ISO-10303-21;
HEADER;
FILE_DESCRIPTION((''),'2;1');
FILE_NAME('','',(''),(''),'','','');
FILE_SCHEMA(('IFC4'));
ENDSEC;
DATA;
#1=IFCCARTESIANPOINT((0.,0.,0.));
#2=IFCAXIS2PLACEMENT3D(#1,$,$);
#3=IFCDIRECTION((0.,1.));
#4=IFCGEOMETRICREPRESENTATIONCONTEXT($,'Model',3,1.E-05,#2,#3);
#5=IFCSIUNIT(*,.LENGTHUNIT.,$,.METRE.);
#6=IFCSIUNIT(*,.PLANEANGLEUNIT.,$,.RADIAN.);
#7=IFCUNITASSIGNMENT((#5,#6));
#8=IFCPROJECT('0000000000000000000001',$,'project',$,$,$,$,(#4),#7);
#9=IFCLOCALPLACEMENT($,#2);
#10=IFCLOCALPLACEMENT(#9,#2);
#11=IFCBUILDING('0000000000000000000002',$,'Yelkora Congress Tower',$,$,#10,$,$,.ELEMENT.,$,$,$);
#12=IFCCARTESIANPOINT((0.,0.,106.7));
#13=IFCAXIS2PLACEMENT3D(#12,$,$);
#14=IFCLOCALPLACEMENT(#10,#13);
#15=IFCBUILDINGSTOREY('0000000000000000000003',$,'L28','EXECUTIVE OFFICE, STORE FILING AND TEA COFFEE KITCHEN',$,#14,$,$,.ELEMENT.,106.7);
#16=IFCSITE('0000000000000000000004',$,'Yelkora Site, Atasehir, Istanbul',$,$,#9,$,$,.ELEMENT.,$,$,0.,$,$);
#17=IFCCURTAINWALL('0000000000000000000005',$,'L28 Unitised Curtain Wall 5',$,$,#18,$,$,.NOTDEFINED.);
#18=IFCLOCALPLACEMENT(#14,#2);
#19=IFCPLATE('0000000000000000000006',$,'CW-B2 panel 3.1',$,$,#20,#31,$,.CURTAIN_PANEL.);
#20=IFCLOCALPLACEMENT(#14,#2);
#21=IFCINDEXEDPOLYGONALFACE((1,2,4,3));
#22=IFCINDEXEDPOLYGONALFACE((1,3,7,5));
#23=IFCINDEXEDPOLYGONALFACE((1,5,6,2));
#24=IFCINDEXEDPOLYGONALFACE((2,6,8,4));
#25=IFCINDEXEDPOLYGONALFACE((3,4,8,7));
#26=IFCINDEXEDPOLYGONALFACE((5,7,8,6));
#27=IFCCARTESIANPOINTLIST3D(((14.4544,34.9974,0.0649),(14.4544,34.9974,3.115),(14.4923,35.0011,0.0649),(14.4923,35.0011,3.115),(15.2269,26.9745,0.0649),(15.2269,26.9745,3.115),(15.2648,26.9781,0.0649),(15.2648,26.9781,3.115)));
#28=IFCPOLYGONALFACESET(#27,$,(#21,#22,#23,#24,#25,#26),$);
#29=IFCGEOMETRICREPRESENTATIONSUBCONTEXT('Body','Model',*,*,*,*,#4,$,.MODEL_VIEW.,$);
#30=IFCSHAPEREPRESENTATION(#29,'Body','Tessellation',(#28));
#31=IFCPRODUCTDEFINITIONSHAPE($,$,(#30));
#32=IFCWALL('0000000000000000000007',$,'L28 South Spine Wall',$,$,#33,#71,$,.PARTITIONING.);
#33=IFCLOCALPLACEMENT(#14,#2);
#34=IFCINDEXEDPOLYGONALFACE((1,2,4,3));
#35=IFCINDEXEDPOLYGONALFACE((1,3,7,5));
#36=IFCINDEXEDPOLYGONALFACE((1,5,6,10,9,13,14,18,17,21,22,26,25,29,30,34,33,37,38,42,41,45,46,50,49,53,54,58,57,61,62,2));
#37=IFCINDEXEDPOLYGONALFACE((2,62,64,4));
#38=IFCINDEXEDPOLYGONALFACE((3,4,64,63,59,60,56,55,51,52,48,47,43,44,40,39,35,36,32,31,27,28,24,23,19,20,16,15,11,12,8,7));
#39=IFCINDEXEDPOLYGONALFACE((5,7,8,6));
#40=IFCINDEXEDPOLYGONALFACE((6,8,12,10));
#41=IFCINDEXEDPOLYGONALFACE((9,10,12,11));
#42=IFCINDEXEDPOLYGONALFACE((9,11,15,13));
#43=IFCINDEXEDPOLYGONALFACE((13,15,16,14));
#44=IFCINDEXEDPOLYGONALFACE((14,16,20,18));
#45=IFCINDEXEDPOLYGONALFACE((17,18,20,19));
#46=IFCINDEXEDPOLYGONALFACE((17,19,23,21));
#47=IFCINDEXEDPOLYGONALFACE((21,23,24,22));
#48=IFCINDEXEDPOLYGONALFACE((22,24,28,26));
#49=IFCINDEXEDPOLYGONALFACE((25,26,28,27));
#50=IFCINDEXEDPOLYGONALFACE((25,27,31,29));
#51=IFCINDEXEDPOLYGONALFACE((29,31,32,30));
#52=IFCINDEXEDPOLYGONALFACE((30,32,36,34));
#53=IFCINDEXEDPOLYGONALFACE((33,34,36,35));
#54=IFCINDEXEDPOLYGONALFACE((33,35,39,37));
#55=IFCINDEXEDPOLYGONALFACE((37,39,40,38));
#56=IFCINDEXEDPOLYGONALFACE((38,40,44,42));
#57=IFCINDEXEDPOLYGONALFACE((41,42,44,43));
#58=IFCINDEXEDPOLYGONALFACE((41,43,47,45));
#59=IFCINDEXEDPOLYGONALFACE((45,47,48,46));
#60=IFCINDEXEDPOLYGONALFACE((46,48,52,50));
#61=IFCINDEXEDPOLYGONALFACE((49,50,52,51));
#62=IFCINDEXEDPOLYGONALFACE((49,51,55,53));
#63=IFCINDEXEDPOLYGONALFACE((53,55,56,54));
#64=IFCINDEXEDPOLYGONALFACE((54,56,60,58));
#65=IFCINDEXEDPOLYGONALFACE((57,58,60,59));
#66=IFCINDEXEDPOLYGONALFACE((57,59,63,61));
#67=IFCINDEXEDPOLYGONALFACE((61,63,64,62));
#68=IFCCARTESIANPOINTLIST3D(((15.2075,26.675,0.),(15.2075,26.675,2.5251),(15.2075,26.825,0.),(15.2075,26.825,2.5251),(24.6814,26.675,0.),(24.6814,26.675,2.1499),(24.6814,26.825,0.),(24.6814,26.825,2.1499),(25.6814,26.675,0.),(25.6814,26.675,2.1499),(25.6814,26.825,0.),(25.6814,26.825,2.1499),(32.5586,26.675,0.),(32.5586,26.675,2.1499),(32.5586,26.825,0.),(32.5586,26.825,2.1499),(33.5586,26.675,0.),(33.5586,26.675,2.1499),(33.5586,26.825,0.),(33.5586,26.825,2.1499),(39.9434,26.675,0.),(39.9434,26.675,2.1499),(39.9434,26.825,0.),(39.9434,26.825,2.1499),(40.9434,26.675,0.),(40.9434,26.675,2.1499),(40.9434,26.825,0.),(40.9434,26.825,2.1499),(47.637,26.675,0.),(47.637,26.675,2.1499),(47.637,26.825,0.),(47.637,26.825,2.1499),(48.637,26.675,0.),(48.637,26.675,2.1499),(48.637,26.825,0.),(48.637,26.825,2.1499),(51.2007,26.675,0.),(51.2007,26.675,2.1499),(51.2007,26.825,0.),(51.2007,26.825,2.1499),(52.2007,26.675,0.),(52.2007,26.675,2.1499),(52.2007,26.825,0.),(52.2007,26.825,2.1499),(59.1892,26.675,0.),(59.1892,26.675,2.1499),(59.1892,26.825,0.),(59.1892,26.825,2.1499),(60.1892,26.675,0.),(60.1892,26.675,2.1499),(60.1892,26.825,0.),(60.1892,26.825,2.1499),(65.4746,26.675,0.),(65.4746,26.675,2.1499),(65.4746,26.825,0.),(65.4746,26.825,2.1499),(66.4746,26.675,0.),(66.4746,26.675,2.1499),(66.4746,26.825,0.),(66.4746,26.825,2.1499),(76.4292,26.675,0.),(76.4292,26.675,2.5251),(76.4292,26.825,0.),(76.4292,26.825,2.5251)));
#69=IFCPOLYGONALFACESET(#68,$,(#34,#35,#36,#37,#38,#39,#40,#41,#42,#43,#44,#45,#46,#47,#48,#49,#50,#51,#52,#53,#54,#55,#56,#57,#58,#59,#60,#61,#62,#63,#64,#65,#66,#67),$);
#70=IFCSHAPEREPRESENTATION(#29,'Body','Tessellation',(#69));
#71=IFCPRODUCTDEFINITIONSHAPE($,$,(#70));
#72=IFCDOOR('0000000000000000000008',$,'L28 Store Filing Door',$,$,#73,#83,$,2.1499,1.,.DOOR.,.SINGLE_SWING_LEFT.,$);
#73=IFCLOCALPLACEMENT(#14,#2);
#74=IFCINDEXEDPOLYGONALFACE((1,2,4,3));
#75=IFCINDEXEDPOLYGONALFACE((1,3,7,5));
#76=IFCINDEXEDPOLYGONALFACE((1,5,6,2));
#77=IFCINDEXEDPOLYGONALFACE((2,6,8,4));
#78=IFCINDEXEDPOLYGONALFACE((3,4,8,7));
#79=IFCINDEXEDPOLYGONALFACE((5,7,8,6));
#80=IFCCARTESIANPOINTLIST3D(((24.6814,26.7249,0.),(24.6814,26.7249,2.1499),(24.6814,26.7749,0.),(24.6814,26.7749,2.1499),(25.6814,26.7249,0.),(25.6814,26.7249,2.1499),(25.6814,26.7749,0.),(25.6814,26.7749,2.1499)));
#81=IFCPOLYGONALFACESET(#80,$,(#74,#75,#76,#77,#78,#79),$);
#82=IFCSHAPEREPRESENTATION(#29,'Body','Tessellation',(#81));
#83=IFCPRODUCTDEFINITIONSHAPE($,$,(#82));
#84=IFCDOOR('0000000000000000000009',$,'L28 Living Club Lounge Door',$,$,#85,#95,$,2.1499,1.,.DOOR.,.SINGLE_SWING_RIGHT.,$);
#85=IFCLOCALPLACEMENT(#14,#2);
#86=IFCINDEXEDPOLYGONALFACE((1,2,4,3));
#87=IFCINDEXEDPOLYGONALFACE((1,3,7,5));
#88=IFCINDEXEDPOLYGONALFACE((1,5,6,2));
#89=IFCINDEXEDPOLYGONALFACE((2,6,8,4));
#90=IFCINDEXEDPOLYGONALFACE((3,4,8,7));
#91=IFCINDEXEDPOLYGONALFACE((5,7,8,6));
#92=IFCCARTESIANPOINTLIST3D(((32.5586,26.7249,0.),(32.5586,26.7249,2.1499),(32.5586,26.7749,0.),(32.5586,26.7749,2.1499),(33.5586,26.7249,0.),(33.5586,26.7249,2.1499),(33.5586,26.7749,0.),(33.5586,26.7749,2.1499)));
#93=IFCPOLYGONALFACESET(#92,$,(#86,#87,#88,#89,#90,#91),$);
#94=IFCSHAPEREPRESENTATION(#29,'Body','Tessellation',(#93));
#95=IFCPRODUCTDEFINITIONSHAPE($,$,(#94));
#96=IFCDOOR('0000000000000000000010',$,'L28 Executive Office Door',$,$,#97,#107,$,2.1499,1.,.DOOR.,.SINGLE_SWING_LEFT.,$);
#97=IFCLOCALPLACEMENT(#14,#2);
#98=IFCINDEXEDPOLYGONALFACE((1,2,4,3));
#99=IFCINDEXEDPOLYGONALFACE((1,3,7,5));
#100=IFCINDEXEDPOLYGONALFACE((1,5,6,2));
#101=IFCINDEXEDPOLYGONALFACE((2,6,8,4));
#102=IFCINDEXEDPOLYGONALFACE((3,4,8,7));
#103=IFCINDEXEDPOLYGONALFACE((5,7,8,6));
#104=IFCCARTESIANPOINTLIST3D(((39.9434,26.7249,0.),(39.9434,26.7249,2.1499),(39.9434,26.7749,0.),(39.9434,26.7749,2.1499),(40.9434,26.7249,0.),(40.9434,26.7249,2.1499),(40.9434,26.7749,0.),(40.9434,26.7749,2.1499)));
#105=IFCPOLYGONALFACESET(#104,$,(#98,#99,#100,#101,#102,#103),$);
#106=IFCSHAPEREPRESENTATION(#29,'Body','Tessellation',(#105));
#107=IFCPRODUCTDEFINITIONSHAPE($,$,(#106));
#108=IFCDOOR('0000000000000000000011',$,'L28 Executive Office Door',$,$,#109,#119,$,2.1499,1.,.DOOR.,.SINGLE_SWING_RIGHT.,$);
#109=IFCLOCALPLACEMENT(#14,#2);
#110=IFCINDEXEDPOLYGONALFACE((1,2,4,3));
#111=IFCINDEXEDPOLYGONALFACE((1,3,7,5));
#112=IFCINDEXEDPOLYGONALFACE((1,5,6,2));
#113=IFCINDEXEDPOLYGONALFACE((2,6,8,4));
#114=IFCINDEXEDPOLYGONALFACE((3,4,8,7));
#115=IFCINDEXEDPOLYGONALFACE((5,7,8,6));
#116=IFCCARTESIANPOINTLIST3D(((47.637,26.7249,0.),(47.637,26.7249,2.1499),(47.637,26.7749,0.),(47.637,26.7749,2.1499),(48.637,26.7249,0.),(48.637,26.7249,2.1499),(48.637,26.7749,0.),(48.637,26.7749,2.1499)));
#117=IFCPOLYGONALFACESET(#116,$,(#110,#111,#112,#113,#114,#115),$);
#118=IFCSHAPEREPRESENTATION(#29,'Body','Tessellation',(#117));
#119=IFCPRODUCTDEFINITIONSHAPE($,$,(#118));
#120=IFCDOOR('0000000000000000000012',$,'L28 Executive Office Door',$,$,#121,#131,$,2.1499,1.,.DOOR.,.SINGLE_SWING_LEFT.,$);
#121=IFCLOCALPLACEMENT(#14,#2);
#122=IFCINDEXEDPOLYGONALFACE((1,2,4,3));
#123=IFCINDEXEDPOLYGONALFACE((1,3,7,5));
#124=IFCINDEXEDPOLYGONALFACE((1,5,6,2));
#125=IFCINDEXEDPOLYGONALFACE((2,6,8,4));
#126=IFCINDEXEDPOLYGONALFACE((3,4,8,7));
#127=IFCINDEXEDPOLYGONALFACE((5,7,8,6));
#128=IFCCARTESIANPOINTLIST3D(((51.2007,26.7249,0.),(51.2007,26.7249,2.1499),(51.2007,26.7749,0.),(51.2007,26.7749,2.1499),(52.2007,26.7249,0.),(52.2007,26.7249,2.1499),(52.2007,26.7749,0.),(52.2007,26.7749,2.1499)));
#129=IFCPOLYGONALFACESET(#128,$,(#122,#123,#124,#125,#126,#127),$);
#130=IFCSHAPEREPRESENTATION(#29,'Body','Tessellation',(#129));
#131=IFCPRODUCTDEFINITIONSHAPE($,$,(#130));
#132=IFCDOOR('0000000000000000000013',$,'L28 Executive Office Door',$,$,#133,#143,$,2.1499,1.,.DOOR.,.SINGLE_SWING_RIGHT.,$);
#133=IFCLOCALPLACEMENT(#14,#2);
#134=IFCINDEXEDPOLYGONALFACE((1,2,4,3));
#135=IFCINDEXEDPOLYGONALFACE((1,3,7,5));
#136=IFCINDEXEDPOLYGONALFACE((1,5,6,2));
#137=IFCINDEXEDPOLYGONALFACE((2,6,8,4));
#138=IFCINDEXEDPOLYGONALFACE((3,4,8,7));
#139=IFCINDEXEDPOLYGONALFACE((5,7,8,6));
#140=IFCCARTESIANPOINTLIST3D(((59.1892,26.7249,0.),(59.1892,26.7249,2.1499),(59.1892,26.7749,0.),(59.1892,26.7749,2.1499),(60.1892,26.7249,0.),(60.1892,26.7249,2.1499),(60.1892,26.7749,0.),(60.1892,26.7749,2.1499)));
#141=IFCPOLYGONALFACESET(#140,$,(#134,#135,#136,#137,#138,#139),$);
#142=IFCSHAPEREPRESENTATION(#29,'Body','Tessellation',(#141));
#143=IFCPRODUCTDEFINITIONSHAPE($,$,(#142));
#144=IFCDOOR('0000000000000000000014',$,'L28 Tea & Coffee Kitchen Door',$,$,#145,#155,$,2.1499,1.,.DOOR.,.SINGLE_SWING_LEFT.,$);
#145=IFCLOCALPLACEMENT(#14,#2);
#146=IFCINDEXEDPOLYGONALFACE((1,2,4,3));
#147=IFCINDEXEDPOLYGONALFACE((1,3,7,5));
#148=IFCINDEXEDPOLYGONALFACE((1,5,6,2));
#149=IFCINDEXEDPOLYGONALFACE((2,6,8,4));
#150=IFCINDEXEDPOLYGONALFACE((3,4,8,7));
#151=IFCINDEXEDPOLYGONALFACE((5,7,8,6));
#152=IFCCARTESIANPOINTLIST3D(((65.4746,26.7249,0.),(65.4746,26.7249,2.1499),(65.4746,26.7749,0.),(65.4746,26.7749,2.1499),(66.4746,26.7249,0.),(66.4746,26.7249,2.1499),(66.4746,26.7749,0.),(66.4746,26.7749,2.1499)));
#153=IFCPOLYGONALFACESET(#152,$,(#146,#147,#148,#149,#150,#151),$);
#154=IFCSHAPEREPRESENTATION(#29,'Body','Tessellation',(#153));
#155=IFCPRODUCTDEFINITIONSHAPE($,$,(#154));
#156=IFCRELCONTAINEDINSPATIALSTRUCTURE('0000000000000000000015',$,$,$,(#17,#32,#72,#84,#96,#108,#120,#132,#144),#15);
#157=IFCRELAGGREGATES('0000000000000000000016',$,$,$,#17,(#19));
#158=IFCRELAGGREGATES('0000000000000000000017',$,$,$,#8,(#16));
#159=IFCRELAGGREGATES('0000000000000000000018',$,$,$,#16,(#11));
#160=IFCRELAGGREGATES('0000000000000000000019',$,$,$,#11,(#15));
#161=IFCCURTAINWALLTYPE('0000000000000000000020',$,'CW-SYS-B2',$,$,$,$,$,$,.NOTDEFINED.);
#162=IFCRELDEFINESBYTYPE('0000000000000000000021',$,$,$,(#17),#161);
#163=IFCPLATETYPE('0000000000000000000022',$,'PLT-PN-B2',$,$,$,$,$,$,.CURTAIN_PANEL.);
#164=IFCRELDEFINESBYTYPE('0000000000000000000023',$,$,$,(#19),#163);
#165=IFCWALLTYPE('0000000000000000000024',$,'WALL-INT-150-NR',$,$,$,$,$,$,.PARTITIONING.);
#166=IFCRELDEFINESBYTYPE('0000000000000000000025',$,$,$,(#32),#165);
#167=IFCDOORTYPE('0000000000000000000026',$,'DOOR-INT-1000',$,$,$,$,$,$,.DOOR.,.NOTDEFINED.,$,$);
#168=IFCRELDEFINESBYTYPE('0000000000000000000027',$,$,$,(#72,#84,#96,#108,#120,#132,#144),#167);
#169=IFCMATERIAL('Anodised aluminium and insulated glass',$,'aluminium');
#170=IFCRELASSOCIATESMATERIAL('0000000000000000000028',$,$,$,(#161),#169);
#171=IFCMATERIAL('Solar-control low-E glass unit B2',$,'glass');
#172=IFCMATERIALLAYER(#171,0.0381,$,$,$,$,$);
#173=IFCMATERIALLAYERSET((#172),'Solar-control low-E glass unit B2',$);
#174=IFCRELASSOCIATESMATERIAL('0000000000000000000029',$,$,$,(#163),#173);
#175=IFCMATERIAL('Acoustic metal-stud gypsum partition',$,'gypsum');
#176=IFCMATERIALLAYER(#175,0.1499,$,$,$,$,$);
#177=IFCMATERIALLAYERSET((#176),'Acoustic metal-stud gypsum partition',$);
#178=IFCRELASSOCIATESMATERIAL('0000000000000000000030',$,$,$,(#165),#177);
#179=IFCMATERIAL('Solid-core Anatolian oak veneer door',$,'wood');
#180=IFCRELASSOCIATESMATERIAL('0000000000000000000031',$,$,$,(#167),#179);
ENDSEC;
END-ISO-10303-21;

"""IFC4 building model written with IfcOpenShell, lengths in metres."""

from ifc_helpers import new_model, si_unit, direction, frame, frame_2d, origin, origin_2d, place, context, subcontext, project, spatial, rectangle, extrude, material, layer, layer_set, type_object, element, fill, aggregate, save


model = new_model("IFC4")

# Units and contexts
model_context = context("Model", 3, precision=1e-05, world=origin(), true_north=direction((0.0, 1.0)))
body_context = subcontext(model_context, "Body", "Model", "MODEL_VIEW")
ifc_project = project(units=[si_unit("LENGTHUNIT", "METRE"), si_unit("PLANEANGLEUNIT", "RADIAN")], contexts=[model_context])

# Site, building, storey
site_placement = place(None, origin())
site = spatial("IfcSite", under=ifc_project, at=site_placement, Name="Yelkora Site, Atasehir, Istanbul", CompositionType="ELEMENT", RefElevation=0.0)
building_placement = place(site_placement, origin())
building = spatial("IfcBuilding", under=site, at=building_placement, Name="Yelkora Congress Tower", CompositionType="ELEMENT")
storey_placement = place(building_placement, frame((0.0, 0.0, 106.7)))
storey = spatial("IfcBuildingStorey", under=building, at=storey_placement, Name="L28", Description="EXECUTIVE OFFICE, STORE FILING AND TEA COFFEE KITCHEN", CompositionType="ELEMENT", Elevation=106.7)

# Curtain wall, plate
ifc_material_1 = material(Name="Anodised aluminium and insulated glass", Category="aluminium")
curtain_wall_type = type_object("IfcCurtainWallType", Name="CW-SYS-B2", PredefinedType="NOTDEFINED", material=ifc_material_1)
curtain_wall_placement = place(storey_placement, origin())
curtain_wall = element("IfcCurtainWall", 1, at=curtain_wall_placement, inside=storey, type_object=curtain_wall_type, Name="L28 Unitised Curtain Wall 5", PredefinedType="NOTDEFINED")
ifc_material_2 = material(Name="Solar-control low-E glass unit B2", Category="glass")
ifc_layer_1 = layer(ifc_material_2, 0.0381)
ifc_layer_set_1 = layer_set([ifc_layer_1], Name="Solar-control low-E glass unit B2")
plate_type = type_object("IfcPlateType", Name="PLT-PN-B2", PredefinedType="CURTAIN_PANEL", material=ifc_layer_set_1)
plate_1_placement = place(storey_placement, frame((14.8596, 30.9878, 0.0649), z_axis=(0.0, 0.0, 1.0), x_axis=(-0.095843, 0.995397, 0.0)))
plate_1 = element("IfcPlate", 2, at=plate_1_placement, type_object=plate_type, Name="CW-B2 panel 3.1", PredefinedType="CURTAIN_PANEL", context=body_context, shape_type="SweptSolid", body=[
    extrude(rectangle(XDim=8.0601, YDim=0.0381, at=origin_2d()), origin(), (0.0, 0.0, 1.0), 3.05),
])
aggregate(curtain_wall, [plate_1])

# Wall, openings, doors
ifc_material_3 = material(Name="Acoustic metal-stud gypsum partition", Category="gypsum")
ifc_layer_2 = layer(ifc_material_3, 0.1499)
ifc_layer_set_2 = layer_set([ifc_layer_2], Name="Acoustic metal-stud gypsum partition")
wall_type = type_object("IfcWallType", Name="WALL-INT-150-NR", PredefinedType="PARTITIONING", material=ifc_layer_set_2)
wall_placement = place(storey_placement, frame((15.2075, 26.75, 0.0), z_axis=(0.0, 0.0, 1.0), x_axis=(1.0, 0.0, 0.0)))
wall = element("IfcWall", 3, at=wall_placement, inside=storey, type_object=wall_type, Name="L28 South Spine Wall", PredefinedType="PARTITIONING", context=body_context, shape_type="SweptSolid", body=[
    extrude(rectangle(XDim=61.2217, YDim=0.1499, at=frame_2d((30.6108, 0.0))), origin(), (0.0, 0.0, 1.0), 2.5251),
])
opening_1_placement = place(wall_placement, frame((9.4739, 0.0, 0.0)))
opening_1 = element("IfcOpeningElement", 4, at=opening_1_placement, cuts=wall, PredefinedType="OPENING", context=body_context, shape_type="SweptSolid", body=[
    extrude(rectangle(XDim=1.0, YDim=2.1499, at=frame_2d((0.5, 1.075))), frame((0.0, 0.085, 0.0), z_axis=(0.0, -1.0, 0.0), x_axis=(1.0, 0.0, 0.0)), (0.0, 0.0, 1.0), 0.1699),
])
opening_2_placement = place(wall_placement, frame((17.3511, 0.0, 0.0)))
opening_2 = element("IfcOpeningElement", 5, at=opening_2_placement, cuts=wall, PredefinedType="OPENING", context=body_context, shape_type="SweptSolid", body=[
    extrude(rectangle(XDim=1.0, YDim=2.1499, at=frame_2d((0.5, 1.075))), frame((0.0, 0.085, 0.0), z_axis=(0.0, -1.0, 0.0), x_axis=(1.0, 0.0, 0.0)), (0.0, 0.0, 1.0), 0.1699),
])
opening_3_placement = place(wall_placement, frame((24.7358, 0.0, 0.0)))
opening_3 = element("IfcOpeningElement", 6, at=opening_3_placement, cuts=wall, PredefinedType="OPENING", context=body_context, shape_type="SweptSolid", body=[
    extrude(rectangle(XDim=1.0, YDim=2.1499, at=frame_2d((0.5, 1.075))), frame((0.0, 0.085, 0.0), z_axis=(0.0, -1.0, 0.0), x_axis=(1.0, 0.0, 0.0)), (0.0, 0.0, 1.0), 0.1699),
])
opening_4_placement = place(wall_placement, frame((32.4294, 0.0, 0.0)))
opening_4 = element("IfcOpeningElement", 7, at=opening_4_placement, cuts=wall, PredefinedType="OPENING", context=body_context, shape_type="SweptSolid", body=[
    extrude(rectangle(XDim=1.0, YDim=2.1499, at=frame_2d((0.5, 1.075))), frame((0.0, 0.085, 0.0), z_axis=(0.0, -1.0, 0.0), x_axis=(1.0, 0.0, 0.0)), (0.0, 0.0, 1.0), 0.1699),
])
opening_5_placement = place(wall_placement, frame((35.9932, 0.0, 0.0)))
opening_5 = element("IfcOpeningElement", 8, at=opening_5_placement, cuts=wall, PredefinedType="OPENING", context=body_context, shape_type="SweptSolid", body=[
    extrude(rectangle(XDim=1.0, YDim=2.1499, at=frame_2d((0.5, 1.075))), frame((0.0, 0.085, 0.0), z_axis=(0.0, -1.0, 0.0), x_axis=(1.0, 0.0, 0.0)), (0.0, 0.0, 1.0), 0.1699),
])
opening_6_placement = place(wall_placement, frame((43.9817, 0.0, 0.0)))
opening_6 = element("IfcOpeningElement", 9, at=opening_6_placement, cuts=wall, PredefinedType="OPENING", context=body_context, shape_type="SweptSolid", body=[
    extrude(rectangle(XDim=1.0, YDim=2.1499, at=frame_2d((0.5, 1.075))), frame((0.0, 0.085, 0.0), z_axis=(0.0, -1.0, 0.0), x_axis=(1.0, 0.0, 0.0)), (0.0, 0.0, 1.0), 0.1699),
])
opening_7_placement = place(wall_placement, frame((50.2671, 0.0, 0.0)))
opening_7 = element("IfcOpeningElement", 10, at=opening_7_placement, cuts=wall, PredefinedType="OPENING", context=body_context, shape_type="SweptSolid", body=[
    extrude(rectangle(XDim=1.0, YDim=2.1499, at=frame_2d((0.5, 1.075))), frame((0.0, 0.085, 0.0), z_axis=(0.0, -1.0, 0.0), x_axis=(1.0, 0.0, 0.0)), (0.0, 0.0, 1.0), 0.1699),
])
ifc_material_4 = material(Name="Solid-core Anatolian oak veneer door", Category="wood")
door_type = type_object("IfcDoorType", Name="DOOR-INT-1000", OperationType="NOTDEFINED", PredefinedType="DOOR", material=ifc_material_4)
door_1_placement = place(opening_1_placement, origin())
door_1 = element("IfcDoor", 11, at=door_1_placement, inside=storey, type_object=door_type, Name="L28 Store Filing Door", OperationType="SINGLE_SWING_LEFT", OverallHeight=2.1499, OverallWidth=1.0, PredefinedType="DOOR", context=body_context, shape_type="SweptSolid", body=[
    extrude(rectangle(XDim=1.0, YDim=2.1499, at=frame_2d((0.5, 1.075))), frame((0.0, 0.0249, 0.0), z_axis=(0.0, -1.0, 0.0), x_axis=(1.0, 0.0, 0.0)), (0.0, 0.0, 1.0), 0.05),
])
fill(opening_1, door_1)
door_2_placement = place(opening_2_placement, origin())
door_2 = element("IfcDoor", 12, at=door_2_placement, inside=storey, type_object=door_type, Name="L28 Living Club Lounge Door", OperationType="SINGLE_SWING_RIGHT", OverallHeight=2.1499, OverallWidth=1.0, PredefinedType="DOOR", context=body_context, shape_type="SweptSolid", body=[
    extrude(rectangle(XDim=1.0, YDim=2.1499, at=frame_2d((0.5, 1.075))), frame((0.0, 0.0249, 0.0), z_axis=(0.0, -1.0, 0.0), x_axis=(1.0, 0.0, 0.0)), (0.0, 0.0, 1.0), 0.05),
])
fill(opening_2, door_2)
door_3_placement = place(opening_3_placement, origin())
door_3 = element("IfcDoor", 13, at=door_3_placement, inside=storey, type_object=door_type, Name="L28 Executive Office Door", OperationType="SINGLE_SWING_LEFT", OverallHeight=2.1499, OverallWidth=1.0, PredefinedType="DOOR", context=body_context, shape_type="SweptSolid", body=[
    extrude(rectangle(XDim=1.0, YDim=2.1499, at=frame_2d((0.5, 1.075))), frame((0.0, 0.0249, 0.0), z_axis=(0.0, -1.0, 0.0), x_axis=(1.0, 0.0, 0.0)), (0.0, 0.0, 1.0), 0.05),
])
fill(opening_3, door_3)
door_4_placement = place(opening_4_placement, origin())
door_4 = element("IfcDoor", 14, at=door_4_placement, inside=storey, type_object=door_type, Name="L28 Executive Office Door", OperationType="SINGLE_SWING_RIGHT", OverallHeight=2.1499, OverallWidth=1.0, PredefinedType="DOOR", context=body_context, shape_type="SweptSolid", body=[
    extrude(rectangle(XDim=1.0, YDim=2.1499, at=frame_2d((0.5, 1.075))), frame((0.0, 0.0249, 0.0), z_axis=(0.0, -1.0, 0.0), x_axis=(1.0, 0.0, 0.0)), (0.0, 0.0, 1.0), 0.05),
])
fill(opening_4, door_4)
door_5_placement = place(opening_5_placement, origin())
door_5 = element("IfcDoor", 15, at=door_5_placement, inside=storey, type_object=door_type, Name="L28 Executive Office Door", OperationType="SINGLE_SWING_LEFT", OverallHeight=2.1499, OverallWidth=1.0, PredefinedType="DOOR", context=body_context, shape_type="SweptSolid", body=[
    extrude(rectangle(XDim=1.0, YDim=2.1499, at=frame_2d((0.5, 1.075))), frame((0.0, 0.0249, 0.0), z_axis=(0.0, -1.0, 0.0), x_axis=(1.0, 0.0, 0.0)), (0.0, 0.0, 1.0), 0.05),
])
fill(opening_5, door_5)
door_6_placement = place(opening_6_placement, origin())
door_6 = element("IfcDoor", 16, at=door_6_placement, inside=storey, type_object=door_type, Name="L28 Executive Office Door", OperationType="SINGLE_SWING_RIGHT", OverallHeight=2.1499, OverallWidth=1.0, PredefinedType="DOOR", context=body_context, shape_type="SweptSolid", body=[
    extrude(rectangle(XDim=1.0, YDim=2.1499, at=frame_2d((0.5, 1.075))), frame((0.0, 0.0249, 0.0), z_axis=(0.0, -1.0, 0.0), x_axis=(1.0, 0.0, 0.0)), (0.0, 0.0, 1.0), 0.05),
])
fill(opening_6, door_6)
door_7_placement = place(opening_7_placement, origin())
door_7 = element("IfcDoor", 17, at=door_7_placement, inside=storey, type_object=door_type, Name="L28 Tea & Coffee Kitchen Door", OperationType="SINGLE_SWING_LEFT", OverallHeight=2.1499, OverallWidth=1.0, PredefinedType="DOOR", context=body_context, shape_type="SweptSolid", body=[
    extrude(rectangle(XDim=1.0, YDim=2.1499, at=frame_2d((0.5, 1.075))), frame((0.0, 0.0249, 0.0), z_axis=(0.0, -1.0, 0.0), x_axis=(1.0, 0.0, 0.0)), (0.0, 0.0, 1.0), 0.05),
])
fill(opening_7, door_7)

save(model, "model.ifc")
